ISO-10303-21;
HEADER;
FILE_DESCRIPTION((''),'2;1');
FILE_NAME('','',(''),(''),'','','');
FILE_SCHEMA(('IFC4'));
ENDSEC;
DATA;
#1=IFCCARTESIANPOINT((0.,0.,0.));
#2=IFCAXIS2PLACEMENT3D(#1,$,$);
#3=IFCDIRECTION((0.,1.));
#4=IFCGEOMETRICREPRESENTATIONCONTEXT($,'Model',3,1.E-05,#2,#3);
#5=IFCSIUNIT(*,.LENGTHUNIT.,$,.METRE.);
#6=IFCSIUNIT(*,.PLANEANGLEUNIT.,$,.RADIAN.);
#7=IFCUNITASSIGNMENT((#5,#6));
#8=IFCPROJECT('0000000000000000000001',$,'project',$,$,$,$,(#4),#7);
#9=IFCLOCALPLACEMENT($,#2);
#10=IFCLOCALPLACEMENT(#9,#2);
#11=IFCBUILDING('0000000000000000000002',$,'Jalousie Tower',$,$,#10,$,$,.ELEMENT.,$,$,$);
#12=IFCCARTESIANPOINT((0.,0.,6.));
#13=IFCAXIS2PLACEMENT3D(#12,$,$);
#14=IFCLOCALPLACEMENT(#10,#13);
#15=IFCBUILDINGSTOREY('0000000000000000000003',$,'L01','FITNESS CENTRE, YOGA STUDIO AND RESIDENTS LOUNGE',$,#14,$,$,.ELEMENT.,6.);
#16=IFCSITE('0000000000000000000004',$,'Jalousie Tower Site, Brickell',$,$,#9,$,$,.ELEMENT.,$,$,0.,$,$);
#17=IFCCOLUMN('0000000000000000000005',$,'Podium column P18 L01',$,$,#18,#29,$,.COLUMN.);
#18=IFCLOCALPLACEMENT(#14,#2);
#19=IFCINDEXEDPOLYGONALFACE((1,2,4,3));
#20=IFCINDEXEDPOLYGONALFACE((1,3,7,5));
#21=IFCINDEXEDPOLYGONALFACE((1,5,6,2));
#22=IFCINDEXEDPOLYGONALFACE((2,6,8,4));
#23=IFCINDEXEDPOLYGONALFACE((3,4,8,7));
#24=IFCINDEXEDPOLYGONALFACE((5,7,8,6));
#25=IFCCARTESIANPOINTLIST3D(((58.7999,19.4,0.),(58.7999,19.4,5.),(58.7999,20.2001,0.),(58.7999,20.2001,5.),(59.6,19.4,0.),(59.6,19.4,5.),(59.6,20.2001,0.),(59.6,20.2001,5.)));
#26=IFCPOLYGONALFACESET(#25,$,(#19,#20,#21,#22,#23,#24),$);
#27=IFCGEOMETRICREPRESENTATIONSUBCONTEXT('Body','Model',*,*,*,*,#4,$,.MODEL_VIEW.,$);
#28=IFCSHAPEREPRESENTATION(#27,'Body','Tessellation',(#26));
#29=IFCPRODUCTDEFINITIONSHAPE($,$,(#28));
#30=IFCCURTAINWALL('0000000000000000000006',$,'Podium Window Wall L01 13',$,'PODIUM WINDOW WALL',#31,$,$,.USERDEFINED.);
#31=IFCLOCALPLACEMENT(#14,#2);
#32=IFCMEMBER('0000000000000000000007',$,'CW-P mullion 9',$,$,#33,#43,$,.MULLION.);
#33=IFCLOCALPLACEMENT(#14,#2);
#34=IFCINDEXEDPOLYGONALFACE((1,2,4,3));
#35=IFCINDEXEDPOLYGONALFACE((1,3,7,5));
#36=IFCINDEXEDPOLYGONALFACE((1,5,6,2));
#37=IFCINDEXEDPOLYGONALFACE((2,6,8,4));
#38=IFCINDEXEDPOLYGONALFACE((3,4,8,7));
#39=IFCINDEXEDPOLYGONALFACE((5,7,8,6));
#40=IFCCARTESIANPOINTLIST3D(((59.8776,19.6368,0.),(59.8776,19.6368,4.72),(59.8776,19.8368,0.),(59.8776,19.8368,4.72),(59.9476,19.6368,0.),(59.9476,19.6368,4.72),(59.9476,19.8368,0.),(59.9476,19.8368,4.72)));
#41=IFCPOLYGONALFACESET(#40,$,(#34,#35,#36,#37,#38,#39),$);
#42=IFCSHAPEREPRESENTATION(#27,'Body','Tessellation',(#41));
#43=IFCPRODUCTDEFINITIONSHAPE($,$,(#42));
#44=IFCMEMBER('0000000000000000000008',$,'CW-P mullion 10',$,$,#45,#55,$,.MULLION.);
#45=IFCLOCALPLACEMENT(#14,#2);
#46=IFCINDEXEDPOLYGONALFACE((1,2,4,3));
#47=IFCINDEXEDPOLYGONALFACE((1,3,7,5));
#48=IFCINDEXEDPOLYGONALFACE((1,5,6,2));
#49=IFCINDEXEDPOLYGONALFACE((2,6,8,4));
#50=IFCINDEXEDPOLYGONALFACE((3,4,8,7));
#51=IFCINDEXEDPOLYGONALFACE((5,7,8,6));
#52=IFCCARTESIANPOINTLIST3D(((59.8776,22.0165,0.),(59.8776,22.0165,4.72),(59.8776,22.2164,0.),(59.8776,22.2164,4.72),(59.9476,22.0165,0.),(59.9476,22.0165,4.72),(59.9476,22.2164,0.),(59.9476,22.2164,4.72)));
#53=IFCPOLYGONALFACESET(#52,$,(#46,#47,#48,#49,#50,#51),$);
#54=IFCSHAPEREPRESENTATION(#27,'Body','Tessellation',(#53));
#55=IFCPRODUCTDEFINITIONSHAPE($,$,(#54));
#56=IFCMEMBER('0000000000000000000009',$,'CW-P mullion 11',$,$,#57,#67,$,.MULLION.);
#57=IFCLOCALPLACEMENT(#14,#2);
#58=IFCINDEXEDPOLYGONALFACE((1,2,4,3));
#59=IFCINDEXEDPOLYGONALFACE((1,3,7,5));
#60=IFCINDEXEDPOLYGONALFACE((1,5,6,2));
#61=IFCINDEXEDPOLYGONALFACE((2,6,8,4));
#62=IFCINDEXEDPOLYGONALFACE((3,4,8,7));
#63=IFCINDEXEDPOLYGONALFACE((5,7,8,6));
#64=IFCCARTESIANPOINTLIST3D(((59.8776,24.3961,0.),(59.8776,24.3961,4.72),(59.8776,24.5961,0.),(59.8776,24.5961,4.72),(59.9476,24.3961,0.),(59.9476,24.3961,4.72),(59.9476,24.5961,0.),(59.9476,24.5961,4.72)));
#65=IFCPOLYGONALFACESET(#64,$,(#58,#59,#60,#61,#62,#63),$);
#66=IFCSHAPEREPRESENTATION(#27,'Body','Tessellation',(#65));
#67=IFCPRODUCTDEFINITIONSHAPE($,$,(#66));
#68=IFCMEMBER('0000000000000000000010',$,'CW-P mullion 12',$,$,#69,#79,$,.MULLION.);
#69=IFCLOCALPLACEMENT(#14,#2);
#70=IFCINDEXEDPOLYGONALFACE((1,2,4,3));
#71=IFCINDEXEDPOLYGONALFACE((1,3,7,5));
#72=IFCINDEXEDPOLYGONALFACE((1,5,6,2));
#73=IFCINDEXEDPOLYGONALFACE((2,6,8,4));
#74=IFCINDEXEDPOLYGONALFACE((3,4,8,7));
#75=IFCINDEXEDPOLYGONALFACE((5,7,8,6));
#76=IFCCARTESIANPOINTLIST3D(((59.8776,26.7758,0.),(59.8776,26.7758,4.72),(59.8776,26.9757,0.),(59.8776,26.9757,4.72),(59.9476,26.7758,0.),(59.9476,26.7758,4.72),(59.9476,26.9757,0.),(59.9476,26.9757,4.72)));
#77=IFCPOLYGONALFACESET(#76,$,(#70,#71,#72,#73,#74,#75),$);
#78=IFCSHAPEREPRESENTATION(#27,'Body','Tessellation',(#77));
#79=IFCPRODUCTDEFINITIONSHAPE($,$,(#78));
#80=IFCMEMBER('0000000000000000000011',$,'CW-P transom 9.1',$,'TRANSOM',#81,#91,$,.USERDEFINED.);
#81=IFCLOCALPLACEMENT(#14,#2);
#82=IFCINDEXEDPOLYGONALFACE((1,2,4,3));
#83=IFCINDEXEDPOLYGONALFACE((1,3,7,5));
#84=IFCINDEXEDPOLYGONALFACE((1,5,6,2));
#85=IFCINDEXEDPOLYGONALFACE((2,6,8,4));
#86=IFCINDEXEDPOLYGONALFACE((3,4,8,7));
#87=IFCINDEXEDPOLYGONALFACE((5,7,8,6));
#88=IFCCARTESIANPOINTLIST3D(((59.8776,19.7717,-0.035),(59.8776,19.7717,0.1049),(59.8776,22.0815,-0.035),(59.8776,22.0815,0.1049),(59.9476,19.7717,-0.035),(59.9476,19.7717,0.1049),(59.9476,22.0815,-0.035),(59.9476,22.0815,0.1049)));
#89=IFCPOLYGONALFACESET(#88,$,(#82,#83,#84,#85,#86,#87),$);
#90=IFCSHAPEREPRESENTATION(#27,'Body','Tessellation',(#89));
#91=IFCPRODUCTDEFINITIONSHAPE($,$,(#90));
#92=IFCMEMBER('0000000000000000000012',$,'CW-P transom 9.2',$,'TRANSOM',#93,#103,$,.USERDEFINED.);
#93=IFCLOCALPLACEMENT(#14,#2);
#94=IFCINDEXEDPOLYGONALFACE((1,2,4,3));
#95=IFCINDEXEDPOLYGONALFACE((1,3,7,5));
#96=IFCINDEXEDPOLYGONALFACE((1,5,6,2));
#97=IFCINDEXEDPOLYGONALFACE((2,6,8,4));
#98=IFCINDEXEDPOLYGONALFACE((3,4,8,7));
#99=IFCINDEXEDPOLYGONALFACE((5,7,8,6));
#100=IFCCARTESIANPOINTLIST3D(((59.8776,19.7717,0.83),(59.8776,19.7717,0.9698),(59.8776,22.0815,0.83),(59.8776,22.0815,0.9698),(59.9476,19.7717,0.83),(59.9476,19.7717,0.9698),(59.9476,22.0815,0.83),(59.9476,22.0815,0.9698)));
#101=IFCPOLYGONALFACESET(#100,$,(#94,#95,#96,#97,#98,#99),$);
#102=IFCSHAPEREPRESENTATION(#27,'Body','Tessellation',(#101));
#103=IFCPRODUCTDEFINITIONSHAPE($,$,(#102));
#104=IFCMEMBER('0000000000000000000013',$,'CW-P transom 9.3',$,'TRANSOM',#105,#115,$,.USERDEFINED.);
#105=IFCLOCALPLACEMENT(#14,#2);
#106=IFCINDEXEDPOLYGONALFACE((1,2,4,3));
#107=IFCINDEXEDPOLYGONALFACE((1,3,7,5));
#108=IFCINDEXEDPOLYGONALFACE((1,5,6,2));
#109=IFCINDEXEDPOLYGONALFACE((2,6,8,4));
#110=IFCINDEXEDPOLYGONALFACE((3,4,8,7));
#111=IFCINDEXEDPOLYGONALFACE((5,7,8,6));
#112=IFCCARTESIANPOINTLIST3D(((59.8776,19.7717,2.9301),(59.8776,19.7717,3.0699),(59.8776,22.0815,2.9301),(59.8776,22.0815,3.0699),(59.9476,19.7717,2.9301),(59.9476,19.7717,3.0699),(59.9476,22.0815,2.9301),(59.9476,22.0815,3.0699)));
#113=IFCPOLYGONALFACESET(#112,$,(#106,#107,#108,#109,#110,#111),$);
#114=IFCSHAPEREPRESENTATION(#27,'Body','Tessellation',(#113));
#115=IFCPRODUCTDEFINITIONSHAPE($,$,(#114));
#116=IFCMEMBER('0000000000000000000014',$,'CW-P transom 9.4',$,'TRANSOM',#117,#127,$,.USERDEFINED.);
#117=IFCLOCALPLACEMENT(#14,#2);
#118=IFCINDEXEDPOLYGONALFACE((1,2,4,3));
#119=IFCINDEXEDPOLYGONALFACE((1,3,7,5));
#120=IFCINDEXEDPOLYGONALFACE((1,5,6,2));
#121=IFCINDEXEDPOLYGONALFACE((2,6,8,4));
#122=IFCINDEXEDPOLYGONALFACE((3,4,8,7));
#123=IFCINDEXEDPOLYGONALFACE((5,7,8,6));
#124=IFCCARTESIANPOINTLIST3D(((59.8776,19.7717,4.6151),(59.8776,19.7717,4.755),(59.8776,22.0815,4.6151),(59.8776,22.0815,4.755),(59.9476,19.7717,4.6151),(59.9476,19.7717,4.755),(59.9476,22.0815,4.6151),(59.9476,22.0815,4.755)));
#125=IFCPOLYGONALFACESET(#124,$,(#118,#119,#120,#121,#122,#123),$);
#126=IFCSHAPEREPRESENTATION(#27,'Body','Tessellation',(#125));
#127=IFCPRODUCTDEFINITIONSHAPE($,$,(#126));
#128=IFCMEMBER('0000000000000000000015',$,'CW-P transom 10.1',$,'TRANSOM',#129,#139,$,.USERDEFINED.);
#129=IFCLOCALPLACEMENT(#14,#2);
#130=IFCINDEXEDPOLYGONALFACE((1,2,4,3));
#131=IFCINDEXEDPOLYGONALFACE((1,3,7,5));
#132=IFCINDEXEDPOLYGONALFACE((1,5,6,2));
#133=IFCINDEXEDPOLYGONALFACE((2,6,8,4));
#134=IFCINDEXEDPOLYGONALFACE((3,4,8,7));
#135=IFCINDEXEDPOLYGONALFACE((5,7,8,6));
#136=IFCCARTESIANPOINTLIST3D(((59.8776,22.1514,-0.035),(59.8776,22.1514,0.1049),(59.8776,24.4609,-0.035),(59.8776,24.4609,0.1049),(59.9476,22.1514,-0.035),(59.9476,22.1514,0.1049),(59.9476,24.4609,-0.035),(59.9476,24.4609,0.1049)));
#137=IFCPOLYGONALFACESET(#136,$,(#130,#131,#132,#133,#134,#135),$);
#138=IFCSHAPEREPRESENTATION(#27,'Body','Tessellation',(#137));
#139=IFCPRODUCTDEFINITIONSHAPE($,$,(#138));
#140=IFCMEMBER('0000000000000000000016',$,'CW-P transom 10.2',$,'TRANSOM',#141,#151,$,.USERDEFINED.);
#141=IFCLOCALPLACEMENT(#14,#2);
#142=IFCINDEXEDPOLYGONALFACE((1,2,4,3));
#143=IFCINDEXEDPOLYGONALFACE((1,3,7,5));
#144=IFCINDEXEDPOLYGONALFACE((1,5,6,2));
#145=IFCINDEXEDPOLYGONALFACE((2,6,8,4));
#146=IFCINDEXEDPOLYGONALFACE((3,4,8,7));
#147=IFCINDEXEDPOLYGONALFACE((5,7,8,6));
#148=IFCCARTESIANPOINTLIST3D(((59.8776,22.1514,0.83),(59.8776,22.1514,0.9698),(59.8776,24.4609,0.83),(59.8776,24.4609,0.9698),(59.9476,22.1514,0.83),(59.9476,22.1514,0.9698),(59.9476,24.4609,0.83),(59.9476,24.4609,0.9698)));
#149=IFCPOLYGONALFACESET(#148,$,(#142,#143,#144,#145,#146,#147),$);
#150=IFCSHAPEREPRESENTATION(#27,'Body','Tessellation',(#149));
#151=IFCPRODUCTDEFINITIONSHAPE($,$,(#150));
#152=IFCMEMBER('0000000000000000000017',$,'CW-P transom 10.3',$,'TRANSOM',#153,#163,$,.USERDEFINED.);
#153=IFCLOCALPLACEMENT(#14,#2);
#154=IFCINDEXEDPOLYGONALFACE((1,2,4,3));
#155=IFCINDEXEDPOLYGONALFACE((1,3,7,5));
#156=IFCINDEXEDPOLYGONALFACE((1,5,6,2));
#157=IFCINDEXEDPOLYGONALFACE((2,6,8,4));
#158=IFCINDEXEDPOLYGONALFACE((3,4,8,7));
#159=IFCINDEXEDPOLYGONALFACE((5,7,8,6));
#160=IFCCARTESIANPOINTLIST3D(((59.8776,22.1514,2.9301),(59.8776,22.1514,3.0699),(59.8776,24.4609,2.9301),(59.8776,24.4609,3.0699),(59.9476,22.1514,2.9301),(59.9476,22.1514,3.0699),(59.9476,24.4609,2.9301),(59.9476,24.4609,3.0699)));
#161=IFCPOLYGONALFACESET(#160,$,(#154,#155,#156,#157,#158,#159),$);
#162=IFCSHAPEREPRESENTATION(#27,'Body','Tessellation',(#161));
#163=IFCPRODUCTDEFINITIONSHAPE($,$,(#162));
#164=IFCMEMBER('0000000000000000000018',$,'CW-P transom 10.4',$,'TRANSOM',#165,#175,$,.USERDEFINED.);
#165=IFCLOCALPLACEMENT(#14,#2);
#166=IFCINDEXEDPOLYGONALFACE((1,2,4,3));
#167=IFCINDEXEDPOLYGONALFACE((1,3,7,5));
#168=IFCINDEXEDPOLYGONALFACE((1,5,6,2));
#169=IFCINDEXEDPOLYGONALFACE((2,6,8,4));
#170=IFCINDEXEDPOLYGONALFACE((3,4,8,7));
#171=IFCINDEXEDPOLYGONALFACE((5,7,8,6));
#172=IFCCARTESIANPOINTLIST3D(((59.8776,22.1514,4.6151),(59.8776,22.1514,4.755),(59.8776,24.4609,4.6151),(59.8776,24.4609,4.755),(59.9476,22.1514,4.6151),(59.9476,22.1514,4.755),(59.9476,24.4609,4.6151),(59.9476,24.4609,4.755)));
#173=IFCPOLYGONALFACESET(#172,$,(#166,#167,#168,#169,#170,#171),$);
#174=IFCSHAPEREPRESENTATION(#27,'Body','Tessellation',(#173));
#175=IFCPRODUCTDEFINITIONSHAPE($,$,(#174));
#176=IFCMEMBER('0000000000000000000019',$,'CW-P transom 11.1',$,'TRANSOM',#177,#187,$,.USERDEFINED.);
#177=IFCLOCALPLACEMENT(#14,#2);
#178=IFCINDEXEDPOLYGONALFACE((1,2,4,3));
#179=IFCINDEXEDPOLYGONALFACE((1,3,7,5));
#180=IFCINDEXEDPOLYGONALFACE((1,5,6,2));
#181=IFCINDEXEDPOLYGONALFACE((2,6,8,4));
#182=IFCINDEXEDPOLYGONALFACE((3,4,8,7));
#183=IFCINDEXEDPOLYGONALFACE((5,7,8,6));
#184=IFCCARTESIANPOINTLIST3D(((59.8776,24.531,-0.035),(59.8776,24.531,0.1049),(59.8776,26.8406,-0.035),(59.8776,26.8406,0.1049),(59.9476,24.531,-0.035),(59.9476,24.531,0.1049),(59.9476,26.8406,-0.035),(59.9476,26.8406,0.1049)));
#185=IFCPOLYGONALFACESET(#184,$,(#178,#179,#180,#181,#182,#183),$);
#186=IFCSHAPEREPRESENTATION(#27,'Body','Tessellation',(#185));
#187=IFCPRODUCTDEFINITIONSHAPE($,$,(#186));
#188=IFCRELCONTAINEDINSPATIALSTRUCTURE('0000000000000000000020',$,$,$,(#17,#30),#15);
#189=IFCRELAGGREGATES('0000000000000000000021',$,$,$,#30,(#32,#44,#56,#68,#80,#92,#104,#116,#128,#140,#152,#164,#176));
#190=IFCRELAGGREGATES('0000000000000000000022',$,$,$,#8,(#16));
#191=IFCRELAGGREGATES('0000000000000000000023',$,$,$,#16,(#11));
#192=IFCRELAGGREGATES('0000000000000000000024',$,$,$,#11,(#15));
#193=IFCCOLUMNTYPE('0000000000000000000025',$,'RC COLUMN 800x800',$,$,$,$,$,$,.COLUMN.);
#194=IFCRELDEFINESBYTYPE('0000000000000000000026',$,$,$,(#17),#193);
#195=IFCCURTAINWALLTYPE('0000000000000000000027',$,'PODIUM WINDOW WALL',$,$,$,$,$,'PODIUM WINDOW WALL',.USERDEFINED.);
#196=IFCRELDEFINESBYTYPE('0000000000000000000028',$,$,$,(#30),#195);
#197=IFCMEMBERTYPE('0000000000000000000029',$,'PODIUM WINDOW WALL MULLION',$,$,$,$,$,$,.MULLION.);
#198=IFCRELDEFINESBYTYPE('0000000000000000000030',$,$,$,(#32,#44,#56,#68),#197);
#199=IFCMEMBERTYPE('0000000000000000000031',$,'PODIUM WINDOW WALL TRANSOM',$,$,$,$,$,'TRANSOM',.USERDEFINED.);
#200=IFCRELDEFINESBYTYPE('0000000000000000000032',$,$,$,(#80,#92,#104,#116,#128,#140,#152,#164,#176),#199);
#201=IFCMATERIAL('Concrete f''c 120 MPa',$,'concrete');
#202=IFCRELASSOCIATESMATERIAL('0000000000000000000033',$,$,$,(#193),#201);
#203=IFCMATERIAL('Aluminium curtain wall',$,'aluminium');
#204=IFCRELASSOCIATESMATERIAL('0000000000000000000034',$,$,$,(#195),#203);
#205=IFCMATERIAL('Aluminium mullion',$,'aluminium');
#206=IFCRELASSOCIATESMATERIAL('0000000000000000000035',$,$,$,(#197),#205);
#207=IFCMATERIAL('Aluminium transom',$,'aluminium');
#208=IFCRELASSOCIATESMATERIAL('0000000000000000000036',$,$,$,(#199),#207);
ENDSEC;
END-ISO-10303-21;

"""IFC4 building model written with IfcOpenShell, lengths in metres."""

from ifc_helpers import new_model, si_unit, direction, frame, origin, origin_2d, place, context, subcontext, project, spatial, rectangle, extrude, material, material_profile, profile_set, type_object, element, aggregate, save


model = new_model("IFC4")

# Units and contexts
model_context = context("Model", 3, precision=1e-05, world=origin(), true_north=direction((0.0, 1.0)))
body_context = subcontext(model_context, "Body", "Model", "MODEL_VIEW")
ifc_project = project(units=[si_unit("LENGTHUNIT", "METRE"), si_unit("PLANEANGLEUNIT", "RADIAN")], contexts=[model_context])

# Site, building, storey
site_placement = place(None, origin())
site = spatial("IfcSite", under=ifc_project, at=site_placement, Name="Jalousie Tower Site, Brickell", CompositionType="ELEMENT", RefElevation=0.0)
building_placement = place(site_placement, origin())
building = spatial("IfcBuilding", under=site, at=building_placement, Name="Jalousie Tower", CompositionType="ELEMENT")
storey_placement = place(building_placement, frame((0.0, 0.0, 6.0)))
storey = spatial("IfcBuildingStorey", under=building, at=storey_placement, Name="L01", Description="FITNESS CENTRE, YOGA STUDIO AND RESIDENTS LOUNGE", CompositionType="ELEMENT", Elevation=6.0)

# Column
ifc_material_1 = material(Name="Concrete f'c 120 MPa", Category="concrete")
ifc_material_profile_1 = material_profile(ifc_material_1, rectangle(XDim=0.8, YDim=0.8, at=origin_2d()), Name="RC 800x800")
ifc_profile_set_1 = profile_set([ifc_material_profile_1], Name="Concrete f'c 120 MPa")
column_type = type_object("IfcColumnType", Name="RC COLUMN 800x800", PredefinedType="COLUMN", material=ifc_profile_set_1)
column_placement = place(storey_placement, frame((59.2, 19.8, 0.0), z_axis=(0.0, 0.0, 1.0), x_axis=(1.0, 0.0, 0.0)))
element("IfcColumn", 1, at=column_placement, inside=storey, type_object=column_type, Name="Podium column P18 L01", PredefinedType="COLUMN", context=body_context, shape_type="SweptSolid", body=[
    extrude(rectangle(XDim=0.8, YDim=0.8, at=origin_2d()), origin(), (0.0, 0.0, 1.0), 5.0),
])

# Curtain wall, members
ifc_material_2 = material(Name="Aluminium curtain wall", Category="aluminium")
curtain_wall_type = type_object("IfcCurtainWallType", Name="PODIUM WINDOW WALL", ElementType="PODIUM WINDOW WALL", PredefinedType="USERDEFINED", material=ifc_material_2)
curtain_wall_placement = place(storey_placement, origin())
curtain_wall = element("IfcCurtainWall", 2, at=curtain_wall_placement, inside=storey, type_object=curtain_wall_type, Name="Podium Window Wall L01 13", ObjectType="PODIUM WINDOW WALL", PredefinedType="USERDEFINED")
ifc_material_3 = material(Name="Aluminium mullion", Category="aluminium")
ifc_material_profile_2 = material_profile(ifc_material_3, rectangle(XDim=0.0701, YDim=0.2, at=origin_2d()), Name="MULLION 70x200")
ifc_profile_set_2 = profile_set([ifc_material_profile_2], Name="Aluminium mullion")
member_type_1 = type_object("IfcMemberType", Name="PODIUM WINDOW WALL MULLION", PredefinedType="MULLION", material=ifc_profile_set_2)
member_1_placement = place(storey_placement, frame((59.9126, 19.7368, 0.0), z_axis=(0.0, 0.0, 1.0), x_axis=(-1.0, 0.0, 0.0)))
member_1 = element("IfcMember", 3, at=member_1_placement, type_object=member_type_1, Name="CW-P mullion 9", PredefinedType="MULLION", context=body_context, shape_type="SweptSolid", body=[
    extrude(rectangle(XDim=0.0701, YDim=0.2, at=origin_2d()), origin(), (0.0, 0.0, 1.0), 4.72),
])
member_2_placement = place(storey_placement, frame((59.9126, 22.1165, 0.0), z_axis=(0.0, 0.0, 1.0), x_axis=(-1.0, 0.0, 0.0)))
member_2 = element("IfcMember", 4, at=member_2_placement, type_object=member_type_1, Name="CW-P mullion 10", PredefinedType="MULLION", context=body_context, shape_type="SweptSolid", body=[
    extrude(rectangle(XDim=0.0701, YDim=0.2, at=origin_2d()), origin(), (0.0, 0.0, 1.0), 4.72),
])
member_3_placement = place(storey_placement, frame((59.9126, 24.4961, 0.0), z_axis=(0.0, 0.0, 1.0), x_axis=(-1.0, 0.0, 0.0)))
member_3 = element("IfcMember", 5, at=member_3_placement, type_object=member_type_1, Name="CW-P mullion 11", PredefinedType="MULLION", context=body_context, shape_type="SweptSolid", body=[
    extrude(rectangle(XDim=0.0701, YDim=0.2, at=origin_2d()), origin(), (0.0, 0.0, 1.0), 4.72),
])
member_4_placement = place(storey_placement, frame((59.9126, 26.8757, 0.0), z_axis=(0.0, 0.0, 1.0), x_axis=(-1.0, 0.0, 0.0)))
member_4 = element("IfcMember", 6, at=member_4_placement, type_object=member_type_1, Name="CW-P mullion 12", PredefinedType="MULLION", context=body_context, shape_type="SweptSolid", body=[
    extrude(rectangle(XDim=0.0701, YDim=0.2, at=origin_2d()), origin(), (0.0, 0.0, 1.0), 4.72),
])
ifc_material_4 = material(Name="Aluminium transom", Category="aluminium")
ifc_material_profile_3 = material_profile(ifc_material_4, rectangle(XDim=0.0701, YDim=0.1399, at=origin_2d()), Name="TRANSOM 70x140")
ifc_profile_set_3 = profile_set([ifc_material_profile_3], Name="Aluminium transom")
member_type_2 = type_object("IfcMemberType", Name="PODIUM WINDOW WALL TRANSOM", ElementType="TRANSOM", PredefinedType="USERDEFINED", material=ifc_profile_set_3)
member_5_placement = place(storey_placement, frame((59.9126, 19.7717, 0.0349), z_axis=(0.0, 1.0, 0.0), x_axis=(-1.0, 0.0, 0.0)))
member_5 = element("IfcMember", 7, at=member_5_placement, type_object=member_type_2, Name="CW-P transom 9.1", ObjectType="TRANSOM", PredefinedType="USERDEFINED", context=body_context, shape_type="SweptSolid", body=[
    extrude(rectangle(XDim=0.0701, YDim=0.1399, at=origin_2d()), origin(), (0.0, 0.0, 1.0), 2.3098),
])
member_6_placement = place(storey_placement, frame((59.9126, 19.7717, 0.8999), z_axis=(0.0, 1.0, 0.0), x_axis=(-1.0, 0.0, 0.0)))
member_6 = element("IfcMember", 8, at=member_6_placement, type_object=member_type_2, Name="CW-P transom 9.2", ObjectType="TRANSOM", PredefinedType="USERDEFINED", context=body_context, shape_type="SweptSolid", body=[
    extrude(rectangle(XDim=0.0701, YDim=0.1399, at=origin_2d()), origin(), (0.0, 0.0, 1.0), 2.3098),
])
member_7_placement = place(storey_placement, frame((59.9126, 19.7717, 3.0), z_axis=(0.0, 1.0, 0.0), x_axis=(-1.0, 0.0, 0.0)))
member_7 = element("IfcMember", 9, at=member_7_placement, type_object=member_type_2, Name="CW-P transom 9.3", ObjectType="TRANSOM", PredefinedType="USERDEFINED", context=body_context, shape_type="SweptSolid", body=[
    extrude(rectangle(XDim=0.0701, YDim=0.1399, at=origin_2d()), origin(), (0.0, 0.0, 1.0), 2.3098),
])
member_8_placement = place(storey_placement, frame((59.9126, 19.7717, 4.6851), z_axis=(0.0, 1.0, 0.0), x_axis=(-1.0, 0.0, 0.0)))
member_8 = element("IfcMember", 10, at=member_8_placement, type_object=member_type_2, Name="CW-P transom 9.4", ObjectType="TRANSOM", PredefinedType="USERDEFINED", context=body_context, shape_type="SweptSolid", body=[
    extrude(rectangle(XDim=0.0701, YDim=0.1399, at=origin_2d()), origin(), (0.0, 0.0, 1.0), 2.3098),
])
member_9_placement = place(storey_placement, frame((59.9126, 22.1514, 0.0349), z_axis=(0.0, 1.0, 0.0), x_axis=(-1.0, 0.0, 0.0)))
member_9 = element("IfcMember", 11, at=member_9_placement, type_object=member_type_2, Name="CW-P transom 10.1", ObjectType="TRANSOM", PredefinedType="USERDEFINED", context=body_context, shape_type="SweptSolid", body=[
    extrude(rectangle(XDim=0.0701, YDim=0.1399, at=origin_2d()), origin(), (0.0, 0.0, 1.0), 2.3096),
])
member_10_placement = place(storey_placement, frame((59.9126, 22.1514, 0.8999), z_axis=(0.0, 1.0, 0.0), x_axis=(-1.0, 0.0, 0.0)))
member_10 = element("IfcMember", 12, at=member_10_placement, type_object=member_type_2, Name="CW-P transom 10.2", ObjectType="TRANSOM", PredefinedType="USERDEFINED", context=body_context, shape_type="SweptSolid", body=[
    extrude(rectangle(XDim=0.0701, YDim=0.1399, at=origin_2d()), origin(), (0.0, 0.0, 1.0), 2.3096),
])
member_11_placement = place(storey_placement, frame((59.9126, 22.1514, 3.0), z_axis=(0.0, 1.0, 0.0), x_axis=(-1.0, 0.0, 0.0)))
member_11 = element("IfcMember", 13, at=member_11_placement, type_object=member_type_2, Name="CW-P transom 10.3", ObjectType="TRANSOM", PredefinedType="USERDEFINED", context=body_context, shape_type="SweptSolid", body=[
    extrude(rectangle(XDim=0.0701, YDim=0.1399, at=origin_2d()), origin(), (0.0, 0.0, 1.0), 2.3096),
])
member_12_placement = place(storey_placement, frame((59.9126, 22.1514, 4.6851), z_axis=(0.0, 1.0, 0.0), x_axis=(-1.0, 0.0, 0.0)))
member_12 = element("IfcMember", 14, at=member_12_placement, type_object=member_type_2, Name="CW-P transom 10.4", ObjectType="TRANSOM", PredefinedType="USERDEFINED", context=body_context, shape_type="SweptSolid", body=[
    extrude(rectangle(XDim=0.0701, YDim=0.1399, at=origin_2d()), origin(), (0.0, 0.0, 1.0), 2.3096),
])
member_13_placement = place(storey_placement, frame((59.9126, 24.531, 0.0349), z_axis=(0.0, 1.0, 0.0), x_axis=(-1.0, 0.0, 0.0)))
member_13 = element("IfcMember", 15, at=member_13_placement, type_object=member_type_2, Name="CW-P transom 11.1", ObjectType="TRANSOM", PredefinedType="USERDEFINED", context=body_context, shape_type="SweptSolid", body=[
    extrude(rectangle(XDim=0.0701, YDim=0.1399, at=origin_2d()), origin(), (0.0, 0.0, 1.0), 2.3096),
])

aggregate(curtain_wall, [member_1, member_2, member_3, member_4, member_5, member_6, member_7, member_8, member_9, member_10, member_11, member_12, member_13])

save(model, "model.ifc")
